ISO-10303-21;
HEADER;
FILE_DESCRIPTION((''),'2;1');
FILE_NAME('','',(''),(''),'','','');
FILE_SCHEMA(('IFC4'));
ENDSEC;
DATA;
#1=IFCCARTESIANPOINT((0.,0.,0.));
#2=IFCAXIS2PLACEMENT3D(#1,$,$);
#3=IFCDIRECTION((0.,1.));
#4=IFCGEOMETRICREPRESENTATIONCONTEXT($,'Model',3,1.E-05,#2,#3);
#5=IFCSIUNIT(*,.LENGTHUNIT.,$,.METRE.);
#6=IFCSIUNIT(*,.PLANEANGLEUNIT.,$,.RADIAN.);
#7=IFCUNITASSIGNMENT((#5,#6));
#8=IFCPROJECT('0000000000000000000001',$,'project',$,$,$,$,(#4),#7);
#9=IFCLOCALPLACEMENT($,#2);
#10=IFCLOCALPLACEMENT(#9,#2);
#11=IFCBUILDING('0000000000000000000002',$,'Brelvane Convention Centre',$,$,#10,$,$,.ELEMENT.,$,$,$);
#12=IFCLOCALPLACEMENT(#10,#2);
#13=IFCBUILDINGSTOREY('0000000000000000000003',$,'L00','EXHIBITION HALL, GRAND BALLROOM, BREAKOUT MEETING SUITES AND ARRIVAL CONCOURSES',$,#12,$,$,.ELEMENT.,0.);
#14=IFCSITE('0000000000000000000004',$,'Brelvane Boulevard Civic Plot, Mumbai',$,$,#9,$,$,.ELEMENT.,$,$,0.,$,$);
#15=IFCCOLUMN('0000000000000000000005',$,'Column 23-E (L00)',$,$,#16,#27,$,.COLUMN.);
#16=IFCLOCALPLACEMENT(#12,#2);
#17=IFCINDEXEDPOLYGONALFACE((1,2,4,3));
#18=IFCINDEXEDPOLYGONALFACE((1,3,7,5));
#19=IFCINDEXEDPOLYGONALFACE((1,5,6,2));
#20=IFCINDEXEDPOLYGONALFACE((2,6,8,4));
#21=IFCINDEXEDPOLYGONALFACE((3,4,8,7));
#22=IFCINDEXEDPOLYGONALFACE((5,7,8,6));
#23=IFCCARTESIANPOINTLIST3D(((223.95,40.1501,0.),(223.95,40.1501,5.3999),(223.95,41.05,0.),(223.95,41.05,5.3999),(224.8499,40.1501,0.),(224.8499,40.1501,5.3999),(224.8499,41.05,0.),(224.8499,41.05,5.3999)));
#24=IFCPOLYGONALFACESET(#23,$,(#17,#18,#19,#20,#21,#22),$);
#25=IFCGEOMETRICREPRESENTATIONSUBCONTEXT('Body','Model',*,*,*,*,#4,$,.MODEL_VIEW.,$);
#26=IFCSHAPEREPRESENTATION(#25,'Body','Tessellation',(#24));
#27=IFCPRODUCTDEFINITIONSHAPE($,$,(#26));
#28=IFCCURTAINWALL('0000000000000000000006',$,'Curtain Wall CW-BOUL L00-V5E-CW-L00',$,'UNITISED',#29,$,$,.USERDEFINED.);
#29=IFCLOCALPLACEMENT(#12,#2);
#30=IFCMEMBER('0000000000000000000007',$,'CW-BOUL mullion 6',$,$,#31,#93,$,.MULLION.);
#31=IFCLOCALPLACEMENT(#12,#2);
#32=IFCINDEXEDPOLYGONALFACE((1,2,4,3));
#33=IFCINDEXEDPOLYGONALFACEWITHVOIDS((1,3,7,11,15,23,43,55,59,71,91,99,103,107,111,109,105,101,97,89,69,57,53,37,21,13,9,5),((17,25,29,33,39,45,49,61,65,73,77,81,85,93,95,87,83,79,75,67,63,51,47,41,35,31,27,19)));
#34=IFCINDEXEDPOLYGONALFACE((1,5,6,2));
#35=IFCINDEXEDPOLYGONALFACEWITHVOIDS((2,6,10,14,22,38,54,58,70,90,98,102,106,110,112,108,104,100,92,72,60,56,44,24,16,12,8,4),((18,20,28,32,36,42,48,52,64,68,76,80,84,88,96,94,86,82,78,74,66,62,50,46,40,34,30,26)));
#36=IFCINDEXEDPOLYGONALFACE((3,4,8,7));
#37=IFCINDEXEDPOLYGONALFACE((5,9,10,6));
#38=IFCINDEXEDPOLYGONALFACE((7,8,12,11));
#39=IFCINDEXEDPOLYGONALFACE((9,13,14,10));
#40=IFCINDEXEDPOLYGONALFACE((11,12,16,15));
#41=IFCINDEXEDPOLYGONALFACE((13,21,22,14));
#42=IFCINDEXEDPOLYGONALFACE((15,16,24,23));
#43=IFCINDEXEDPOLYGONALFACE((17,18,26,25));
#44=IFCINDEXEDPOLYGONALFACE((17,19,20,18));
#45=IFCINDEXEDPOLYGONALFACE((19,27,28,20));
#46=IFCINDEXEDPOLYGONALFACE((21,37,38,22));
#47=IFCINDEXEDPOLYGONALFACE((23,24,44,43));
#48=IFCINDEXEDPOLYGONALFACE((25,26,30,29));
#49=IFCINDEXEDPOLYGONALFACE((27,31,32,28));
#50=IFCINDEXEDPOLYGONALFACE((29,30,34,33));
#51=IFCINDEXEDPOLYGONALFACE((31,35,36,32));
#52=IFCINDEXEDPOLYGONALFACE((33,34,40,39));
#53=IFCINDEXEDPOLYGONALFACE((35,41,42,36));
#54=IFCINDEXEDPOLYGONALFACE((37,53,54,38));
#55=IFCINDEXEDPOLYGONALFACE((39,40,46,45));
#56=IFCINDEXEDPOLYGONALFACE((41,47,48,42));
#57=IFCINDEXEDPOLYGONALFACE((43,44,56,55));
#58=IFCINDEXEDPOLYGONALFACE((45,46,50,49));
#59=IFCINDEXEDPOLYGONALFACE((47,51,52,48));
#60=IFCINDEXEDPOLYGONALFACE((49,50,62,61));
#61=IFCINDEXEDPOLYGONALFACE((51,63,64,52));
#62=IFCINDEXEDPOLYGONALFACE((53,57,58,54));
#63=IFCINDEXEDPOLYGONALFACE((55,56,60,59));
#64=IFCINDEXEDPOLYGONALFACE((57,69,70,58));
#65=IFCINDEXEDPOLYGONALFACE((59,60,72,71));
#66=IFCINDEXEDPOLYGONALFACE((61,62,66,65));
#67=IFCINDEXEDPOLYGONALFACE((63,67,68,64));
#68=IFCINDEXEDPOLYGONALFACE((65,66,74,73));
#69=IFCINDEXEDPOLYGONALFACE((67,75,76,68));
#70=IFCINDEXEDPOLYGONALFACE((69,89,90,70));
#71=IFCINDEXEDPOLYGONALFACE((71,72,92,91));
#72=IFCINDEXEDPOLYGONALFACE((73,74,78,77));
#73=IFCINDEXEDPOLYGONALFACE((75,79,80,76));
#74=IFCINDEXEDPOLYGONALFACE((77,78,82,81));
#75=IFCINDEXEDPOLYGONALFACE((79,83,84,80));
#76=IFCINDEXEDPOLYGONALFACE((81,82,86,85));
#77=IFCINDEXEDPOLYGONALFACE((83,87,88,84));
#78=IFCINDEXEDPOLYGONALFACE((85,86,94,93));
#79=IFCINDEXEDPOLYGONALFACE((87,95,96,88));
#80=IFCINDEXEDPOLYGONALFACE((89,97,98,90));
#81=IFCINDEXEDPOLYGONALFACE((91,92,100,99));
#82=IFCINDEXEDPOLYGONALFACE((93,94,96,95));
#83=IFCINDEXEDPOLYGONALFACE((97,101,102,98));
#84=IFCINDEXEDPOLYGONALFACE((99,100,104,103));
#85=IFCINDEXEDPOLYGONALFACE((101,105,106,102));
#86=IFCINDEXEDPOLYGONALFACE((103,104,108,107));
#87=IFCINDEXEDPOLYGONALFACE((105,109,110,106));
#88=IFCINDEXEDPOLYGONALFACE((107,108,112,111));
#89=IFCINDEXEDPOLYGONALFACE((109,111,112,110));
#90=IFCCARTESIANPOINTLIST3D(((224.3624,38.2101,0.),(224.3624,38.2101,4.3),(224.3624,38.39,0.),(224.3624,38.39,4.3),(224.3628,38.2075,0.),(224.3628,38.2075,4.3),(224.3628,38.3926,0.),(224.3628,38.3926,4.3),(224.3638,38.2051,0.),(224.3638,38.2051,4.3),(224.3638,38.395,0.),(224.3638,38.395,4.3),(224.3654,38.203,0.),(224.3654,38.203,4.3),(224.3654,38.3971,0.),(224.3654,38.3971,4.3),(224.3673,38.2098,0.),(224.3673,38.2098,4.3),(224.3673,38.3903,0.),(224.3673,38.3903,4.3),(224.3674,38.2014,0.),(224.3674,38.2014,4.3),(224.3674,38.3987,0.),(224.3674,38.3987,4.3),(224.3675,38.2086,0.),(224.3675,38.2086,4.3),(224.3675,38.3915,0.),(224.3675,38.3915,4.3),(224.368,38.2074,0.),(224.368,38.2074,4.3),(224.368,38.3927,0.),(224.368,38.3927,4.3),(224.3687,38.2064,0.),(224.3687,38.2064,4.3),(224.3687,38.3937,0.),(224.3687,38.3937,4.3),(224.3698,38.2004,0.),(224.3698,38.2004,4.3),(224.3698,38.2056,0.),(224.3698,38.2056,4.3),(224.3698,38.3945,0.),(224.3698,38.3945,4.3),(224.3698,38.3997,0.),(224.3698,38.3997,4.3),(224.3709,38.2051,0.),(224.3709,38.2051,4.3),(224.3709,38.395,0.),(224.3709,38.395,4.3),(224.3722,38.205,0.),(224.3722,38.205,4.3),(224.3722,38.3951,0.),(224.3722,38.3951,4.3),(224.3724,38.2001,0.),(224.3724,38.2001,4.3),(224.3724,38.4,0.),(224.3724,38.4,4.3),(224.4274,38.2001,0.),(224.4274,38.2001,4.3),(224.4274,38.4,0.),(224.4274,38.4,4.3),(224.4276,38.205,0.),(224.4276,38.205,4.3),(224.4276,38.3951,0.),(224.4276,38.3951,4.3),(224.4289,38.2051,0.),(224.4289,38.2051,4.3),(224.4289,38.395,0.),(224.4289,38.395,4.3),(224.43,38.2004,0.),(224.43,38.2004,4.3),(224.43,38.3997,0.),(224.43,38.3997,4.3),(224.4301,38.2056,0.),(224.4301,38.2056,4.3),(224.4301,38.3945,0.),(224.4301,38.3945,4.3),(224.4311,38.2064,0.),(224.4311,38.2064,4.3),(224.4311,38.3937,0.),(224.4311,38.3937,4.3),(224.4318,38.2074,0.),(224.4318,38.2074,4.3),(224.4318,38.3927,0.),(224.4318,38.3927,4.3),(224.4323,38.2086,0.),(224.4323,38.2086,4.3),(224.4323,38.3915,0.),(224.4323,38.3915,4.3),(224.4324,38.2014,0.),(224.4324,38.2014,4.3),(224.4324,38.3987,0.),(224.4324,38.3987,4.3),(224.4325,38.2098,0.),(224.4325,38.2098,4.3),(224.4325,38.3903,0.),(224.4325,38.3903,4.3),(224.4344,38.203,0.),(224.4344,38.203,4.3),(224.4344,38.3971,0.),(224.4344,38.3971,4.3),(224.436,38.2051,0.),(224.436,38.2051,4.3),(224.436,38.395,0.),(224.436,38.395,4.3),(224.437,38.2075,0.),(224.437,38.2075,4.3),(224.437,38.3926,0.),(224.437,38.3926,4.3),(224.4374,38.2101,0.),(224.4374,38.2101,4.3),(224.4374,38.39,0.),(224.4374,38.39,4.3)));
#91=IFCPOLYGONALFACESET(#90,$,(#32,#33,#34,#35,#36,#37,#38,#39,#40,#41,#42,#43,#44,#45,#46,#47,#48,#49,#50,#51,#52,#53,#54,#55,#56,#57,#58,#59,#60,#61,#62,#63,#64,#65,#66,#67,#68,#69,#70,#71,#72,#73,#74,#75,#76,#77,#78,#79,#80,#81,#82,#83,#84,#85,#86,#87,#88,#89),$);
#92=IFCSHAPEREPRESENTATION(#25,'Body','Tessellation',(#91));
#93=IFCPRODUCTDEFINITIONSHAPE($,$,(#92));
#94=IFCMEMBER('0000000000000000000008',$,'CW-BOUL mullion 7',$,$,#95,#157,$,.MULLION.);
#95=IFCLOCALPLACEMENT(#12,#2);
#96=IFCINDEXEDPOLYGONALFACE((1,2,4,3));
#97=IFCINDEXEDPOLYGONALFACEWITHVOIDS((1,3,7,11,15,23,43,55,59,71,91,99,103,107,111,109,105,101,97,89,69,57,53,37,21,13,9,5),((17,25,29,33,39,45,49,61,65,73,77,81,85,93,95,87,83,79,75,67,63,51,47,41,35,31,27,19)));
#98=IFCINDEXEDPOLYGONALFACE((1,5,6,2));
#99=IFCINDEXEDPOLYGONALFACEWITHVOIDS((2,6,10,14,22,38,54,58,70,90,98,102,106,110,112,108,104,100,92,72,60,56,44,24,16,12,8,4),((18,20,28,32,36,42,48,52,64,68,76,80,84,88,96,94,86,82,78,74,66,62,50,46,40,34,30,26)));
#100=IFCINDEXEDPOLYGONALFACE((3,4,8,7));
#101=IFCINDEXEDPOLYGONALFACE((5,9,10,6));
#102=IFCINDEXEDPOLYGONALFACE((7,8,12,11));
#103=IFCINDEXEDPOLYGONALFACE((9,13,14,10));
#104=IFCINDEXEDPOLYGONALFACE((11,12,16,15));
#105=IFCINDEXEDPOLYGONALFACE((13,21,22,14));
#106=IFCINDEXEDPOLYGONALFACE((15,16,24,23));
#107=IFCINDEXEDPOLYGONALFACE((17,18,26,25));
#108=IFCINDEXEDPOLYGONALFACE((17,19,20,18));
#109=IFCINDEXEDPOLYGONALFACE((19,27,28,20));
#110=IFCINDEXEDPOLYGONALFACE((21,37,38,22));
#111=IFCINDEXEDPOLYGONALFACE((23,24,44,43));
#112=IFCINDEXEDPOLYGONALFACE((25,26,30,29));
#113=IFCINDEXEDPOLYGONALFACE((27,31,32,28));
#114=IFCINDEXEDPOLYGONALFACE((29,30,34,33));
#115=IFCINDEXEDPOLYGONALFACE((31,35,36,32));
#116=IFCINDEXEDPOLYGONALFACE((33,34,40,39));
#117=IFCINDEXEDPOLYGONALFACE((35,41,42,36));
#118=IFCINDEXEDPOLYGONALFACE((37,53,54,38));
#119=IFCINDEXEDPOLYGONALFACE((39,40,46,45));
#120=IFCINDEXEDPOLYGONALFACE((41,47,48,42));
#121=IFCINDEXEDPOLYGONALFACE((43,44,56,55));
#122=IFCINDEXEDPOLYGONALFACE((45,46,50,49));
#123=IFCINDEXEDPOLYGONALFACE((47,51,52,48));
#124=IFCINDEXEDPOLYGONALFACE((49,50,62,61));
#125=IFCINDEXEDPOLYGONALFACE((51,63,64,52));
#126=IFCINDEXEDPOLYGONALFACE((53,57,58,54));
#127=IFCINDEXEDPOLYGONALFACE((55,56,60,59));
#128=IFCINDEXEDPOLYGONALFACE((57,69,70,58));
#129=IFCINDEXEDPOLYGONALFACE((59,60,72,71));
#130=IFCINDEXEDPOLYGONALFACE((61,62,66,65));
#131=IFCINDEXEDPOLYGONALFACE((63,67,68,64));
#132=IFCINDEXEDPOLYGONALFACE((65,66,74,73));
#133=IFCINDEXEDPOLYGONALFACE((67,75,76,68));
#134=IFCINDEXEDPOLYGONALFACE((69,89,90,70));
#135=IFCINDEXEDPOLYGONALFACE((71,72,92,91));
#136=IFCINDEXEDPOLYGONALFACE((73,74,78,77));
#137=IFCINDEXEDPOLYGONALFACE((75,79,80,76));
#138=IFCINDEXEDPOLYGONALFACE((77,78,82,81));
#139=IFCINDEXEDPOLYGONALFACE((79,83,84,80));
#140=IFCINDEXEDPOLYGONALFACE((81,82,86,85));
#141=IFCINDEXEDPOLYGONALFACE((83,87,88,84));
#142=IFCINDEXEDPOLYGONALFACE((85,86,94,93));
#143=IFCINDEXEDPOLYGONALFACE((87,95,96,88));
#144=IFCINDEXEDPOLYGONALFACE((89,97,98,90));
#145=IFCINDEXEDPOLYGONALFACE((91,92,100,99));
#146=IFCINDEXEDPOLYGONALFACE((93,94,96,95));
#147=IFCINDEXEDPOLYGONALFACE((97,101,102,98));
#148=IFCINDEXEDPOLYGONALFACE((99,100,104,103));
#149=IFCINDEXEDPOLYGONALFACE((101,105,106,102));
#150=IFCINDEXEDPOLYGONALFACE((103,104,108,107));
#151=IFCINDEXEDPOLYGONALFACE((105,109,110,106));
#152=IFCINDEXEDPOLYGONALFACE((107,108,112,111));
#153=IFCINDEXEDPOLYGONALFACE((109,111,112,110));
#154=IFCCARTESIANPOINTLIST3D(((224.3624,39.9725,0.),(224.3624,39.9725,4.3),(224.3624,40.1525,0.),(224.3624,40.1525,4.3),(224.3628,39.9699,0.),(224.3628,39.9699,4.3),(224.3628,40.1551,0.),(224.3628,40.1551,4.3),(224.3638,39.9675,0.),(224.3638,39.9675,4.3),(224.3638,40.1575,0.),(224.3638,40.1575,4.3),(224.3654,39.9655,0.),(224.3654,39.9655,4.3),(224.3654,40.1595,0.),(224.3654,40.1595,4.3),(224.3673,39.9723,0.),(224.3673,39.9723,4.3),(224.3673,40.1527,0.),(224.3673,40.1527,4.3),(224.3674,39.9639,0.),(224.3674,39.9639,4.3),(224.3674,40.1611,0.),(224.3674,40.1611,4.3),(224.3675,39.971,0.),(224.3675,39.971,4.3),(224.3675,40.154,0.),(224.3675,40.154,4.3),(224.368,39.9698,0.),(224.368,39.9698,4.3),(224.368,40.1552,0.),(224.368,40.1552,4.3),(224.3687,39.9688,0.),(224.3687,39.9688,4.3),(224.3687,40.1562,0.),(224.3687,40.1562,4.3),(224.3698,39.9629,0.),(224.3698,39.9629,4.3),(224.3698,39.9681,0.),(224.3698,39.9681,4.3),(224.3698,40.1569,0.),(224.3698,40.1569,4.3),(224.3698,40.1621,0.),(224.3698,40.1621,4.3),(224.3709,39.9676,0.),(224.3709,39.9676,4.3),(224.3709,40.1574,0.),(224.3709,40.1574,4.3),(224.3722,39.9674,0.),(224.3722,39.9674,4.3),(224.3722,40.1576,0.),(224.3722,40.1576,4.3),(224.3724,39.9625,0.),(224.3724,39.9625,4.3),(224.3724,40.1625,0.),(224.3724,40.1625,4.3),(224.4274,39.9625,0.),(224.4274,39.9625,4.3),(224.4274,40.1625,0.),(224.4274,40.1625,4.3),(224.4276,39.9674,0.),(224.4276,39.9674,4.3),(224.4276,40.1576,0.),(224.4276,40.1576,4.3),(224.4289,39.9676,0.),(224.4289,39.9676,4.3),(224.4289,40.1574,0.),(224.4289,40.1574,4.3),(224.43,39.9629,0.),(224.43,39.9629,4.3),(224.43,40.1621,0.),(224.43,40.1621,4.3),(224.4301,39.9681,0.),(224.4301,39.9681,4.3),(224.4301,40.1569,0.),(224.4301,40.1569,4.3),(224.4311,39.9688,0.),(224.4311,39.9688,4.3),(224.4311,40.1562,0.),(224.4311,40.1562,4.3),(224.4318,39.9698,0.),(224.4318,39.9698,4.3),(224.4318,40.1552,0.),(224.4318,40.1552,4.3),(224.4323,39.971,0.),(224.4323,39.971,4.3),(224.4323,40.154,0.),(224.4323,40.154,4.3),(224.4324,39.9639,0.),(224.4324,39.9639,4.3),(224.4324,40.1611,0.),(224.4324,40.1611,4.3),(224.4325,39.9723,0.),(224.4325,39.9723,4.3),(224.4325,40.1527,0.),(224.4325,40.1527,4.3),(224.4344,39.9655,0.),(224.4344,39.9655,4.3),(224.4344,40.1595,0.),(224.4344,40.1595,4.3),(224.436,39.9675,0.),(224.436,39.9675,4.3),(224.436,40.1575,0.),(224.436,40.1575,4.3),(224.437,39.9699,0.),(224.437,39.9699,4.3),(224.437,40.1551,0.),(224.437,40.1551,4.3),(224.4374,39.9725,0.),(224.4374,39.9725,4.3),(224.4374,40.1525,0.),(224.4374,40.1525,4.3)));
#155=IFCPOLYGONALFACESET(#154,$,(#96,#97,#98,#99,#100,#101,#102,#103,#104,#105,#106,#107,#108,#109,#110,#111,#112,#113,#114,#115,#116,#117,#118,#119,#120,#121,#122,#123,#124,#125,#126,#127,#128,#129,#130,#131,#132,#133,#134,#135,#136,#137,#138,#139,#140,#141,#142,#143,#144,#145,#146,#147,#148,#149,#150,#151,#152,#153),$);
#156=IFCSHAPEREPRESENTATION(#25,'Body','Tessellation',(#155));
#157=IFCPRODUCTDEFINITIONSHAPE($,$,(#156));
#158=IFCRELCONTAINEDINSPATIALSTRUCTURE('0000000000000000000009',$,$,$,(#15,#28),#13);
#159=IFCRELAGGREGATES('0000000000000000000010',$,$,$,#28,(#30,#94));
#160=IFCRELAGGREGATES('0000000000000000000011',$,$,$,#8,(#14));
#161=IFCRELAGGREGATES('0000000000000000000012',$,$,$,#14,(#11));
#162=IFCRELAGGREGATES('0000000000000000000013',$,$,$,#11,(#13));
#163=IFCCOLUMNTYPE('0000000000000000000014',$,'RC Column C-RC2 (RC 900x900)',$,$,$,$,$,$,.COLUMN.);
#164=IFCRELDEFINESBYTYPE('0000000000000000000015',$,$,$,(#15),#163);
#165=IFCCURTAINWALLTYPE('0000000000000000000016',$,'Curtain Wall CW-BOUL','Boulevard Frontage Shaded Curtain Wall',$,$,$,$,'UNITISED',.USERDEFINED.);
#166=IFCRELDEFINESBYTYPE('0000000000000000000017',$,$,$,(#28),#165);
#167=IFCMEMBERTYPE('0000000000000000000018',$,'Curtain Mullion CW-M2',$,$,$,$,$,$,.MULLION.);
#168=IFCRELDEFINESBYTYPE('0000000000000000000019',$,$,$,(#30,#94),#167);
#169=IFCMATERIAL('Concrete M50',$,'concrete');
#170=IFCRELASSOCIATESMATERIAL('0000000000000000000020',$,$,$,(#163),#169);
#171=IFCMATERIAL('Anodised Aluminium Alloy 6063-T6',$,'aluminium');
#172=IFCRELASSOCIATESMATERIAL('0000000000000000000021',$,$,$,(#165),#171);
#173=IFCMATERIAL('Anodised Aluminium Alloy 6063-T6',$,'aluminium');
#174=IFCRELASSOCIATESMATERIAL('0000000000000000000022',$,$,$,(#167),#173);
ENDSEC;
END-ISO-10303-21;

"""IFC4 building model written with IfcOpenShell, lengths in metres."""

from ifc_helpers import new_model, si_unit, direction, frame, origin, origin_2d, place, context, subcontext, project, spatial, rectangle, hollow_rectangle, extrude, material, material_profile, profile_set, type_object, element, aggregate, save


model = new_model("IFC4")

# Units and contexts
model_context = context("Model", 3, precision=1e-05, world=origin(), true_north=direction((0.0, 1.0)))
body_context = subcontext(model_context, "Body", "Model", "MODEL_VIEW")
ifc_project = project(units=[si_unit("LENGTHUNIT", "METRE"), si_unit("PLANEANGLEUNIT", "RADIAN")], contexts=[model_context])

# Site, building, storey
site_placement = place(None, origin())
site = spatial("IfcSite", under=ifc_project, at=site_placement, Name="Brelvane Boulevard Civic Plot, Mumbai", CompositionType="ELEMENT", RefElevation=0.0)
building_placement = place(site_placement, origin())
building = spatial("IfcBuilding", under=site, at=building_placement, Name="Brelvane Convention Centre", CompositionType="ELEMENT")
storey_placement = place(building_placement, origin())
storey = spatial("IfcBuildingStorey", under=building, at=storey_placement, Name="L00", Description="EXHIBITION HALL, GRAND BALLROOM, BREAKOUT MEETING SUITES AND ARRIVAL CONCOURSES", CompositionType="ELEMENT", Elevation=0.0)

# Column
ifc_material_1 = material(Name="Concrete M50", Category="concrete")
ifc_material_profile_1 = material_profile(ifc_material_1, rectangle(XDim=0.8999, YDim=0.8999, at=origin_2d()), Name="RC 900x900")
ifc_profile_set_1 = profile_set([ifc_material_profile_1], Name="Concrete M50")
column_type = type_object("IfcColumnType", Name="RC Column C-RC2 (RC 900x900)", PredefinedType="COLUMN", material=ifc_profile_set_1)
column_placement = place(storey_placement, frame((224.3999, 40.6001, 0.0), z_axis=(0.0, 0.0, 1.0), x_axis=(1.0, 0.0, 0.0)))
element("IfcColumn", 1, at=column_placement, inside=storey, type_object=column_type, Name="Column 23-E (L00)", PredefinedType="COLUMN", context=body_context, shape_type="SweptSolid", body=[
    extrude(rectangle(XDim=0.8999, YDim=0.8999, at=origin_2d()), origin(), (0.0, 0.0, 1.0), 5.3999),
])

# Curtain wall, members
ifc_material_2 = material(Name="Anodised Aluminium Alloy 6063-T6", Category="aluminium")
curtain_wall_type = type_object("IfcCurtainWallType", Name="Curtain Wall CW-BOUL", Description="Boulevard Frontage Shaded Curtain Wall", ElementType="UNITISED", PredefinedType="USERDEFINED", material=ifc_material_2)
curtain_wall_placement = place(storey_placement, origin())
curtain_wall = element("IfcCurtainWall", 2, at=curtain_wall_placement, inside=storey, type_object=curtain_wall_type, Name="Curtain Wall CW-BOUL L00-V5E-CW-L00", ObjectType="UNITISED", PredefinedType="USERDEFINED")
ifc_material_3 = material(Name="Anodised Aluminium Alloy 6063-T6", Category="aluminium")
ifc_material_profile_2 = material_profile(ifc_material_3, hollow_rectangle(XDim=0.075, YDim=0.2, WallThickness=0.0049, InnerFilletRadius=0.0049, OuterFilletRadius=0.01, at=origin_2d()), Name="ALU-M 200x75x5.0")
ifc_profile_set_2 = profile_set([ifc_material_profile_2], Name="Anodised Aluminium Alloy 6063-T6")
member_type_1 = type_object("IfcMemberType", Name="Curtain Mullion CW-M2", PredefinedType="MULLION", material=ifc_profile_set_2)
member_1_placement = place(storey_placement, frame((224.3999, 38.3, 0.0), z_axis=(0.0, 0.0, 1.0), x_axis=(-1.0, 0.0, 0.0)))
member_1 = element("IfcMember", 3, at=member_1_placement, type_object=member_type_1, Name="CW-BOUL mullion 6", PredefinedType="MULLION", context=body_context, shape_type="SweptSolid", body=[
    extrude(hollow_rectangle(XDim=0.075, YDim=0.2, WallThickness=0.0049, InnerFilletRadius=0.0049, OuterFilletRadius=0.01, at=origin_2d()), origin(), (0.0, 0.0, 1.0), 4.3),
])
member_2_placement = place(storey_placement, frame((224.3999, 40.0625, 0.0), z_axis=(0.0, 0.0, 1.0), x_axis=(-1.0, 0.0, 0.0)))
member_2 = element("IfcMember", 4, at=member_2_placement, type_object=member_type_1, Name="CW-BOUL mullion 7", PredefinedType="MULLION", context=body_context, shape_type="SweptSolid", body=[
    extrude(hollow_rectangle(XDim=0.075, YDim=0.2, WallThickness=0.0049, InnerFilletRadius=0.0049, OuterFilletRadius=0.01, at=origin_2d()), origin(), (0.0, 0.0, 1.0), 4.3),
])

aggregate(curtain_wall, [member_1, member_2])

save(model, "model.ifc")
